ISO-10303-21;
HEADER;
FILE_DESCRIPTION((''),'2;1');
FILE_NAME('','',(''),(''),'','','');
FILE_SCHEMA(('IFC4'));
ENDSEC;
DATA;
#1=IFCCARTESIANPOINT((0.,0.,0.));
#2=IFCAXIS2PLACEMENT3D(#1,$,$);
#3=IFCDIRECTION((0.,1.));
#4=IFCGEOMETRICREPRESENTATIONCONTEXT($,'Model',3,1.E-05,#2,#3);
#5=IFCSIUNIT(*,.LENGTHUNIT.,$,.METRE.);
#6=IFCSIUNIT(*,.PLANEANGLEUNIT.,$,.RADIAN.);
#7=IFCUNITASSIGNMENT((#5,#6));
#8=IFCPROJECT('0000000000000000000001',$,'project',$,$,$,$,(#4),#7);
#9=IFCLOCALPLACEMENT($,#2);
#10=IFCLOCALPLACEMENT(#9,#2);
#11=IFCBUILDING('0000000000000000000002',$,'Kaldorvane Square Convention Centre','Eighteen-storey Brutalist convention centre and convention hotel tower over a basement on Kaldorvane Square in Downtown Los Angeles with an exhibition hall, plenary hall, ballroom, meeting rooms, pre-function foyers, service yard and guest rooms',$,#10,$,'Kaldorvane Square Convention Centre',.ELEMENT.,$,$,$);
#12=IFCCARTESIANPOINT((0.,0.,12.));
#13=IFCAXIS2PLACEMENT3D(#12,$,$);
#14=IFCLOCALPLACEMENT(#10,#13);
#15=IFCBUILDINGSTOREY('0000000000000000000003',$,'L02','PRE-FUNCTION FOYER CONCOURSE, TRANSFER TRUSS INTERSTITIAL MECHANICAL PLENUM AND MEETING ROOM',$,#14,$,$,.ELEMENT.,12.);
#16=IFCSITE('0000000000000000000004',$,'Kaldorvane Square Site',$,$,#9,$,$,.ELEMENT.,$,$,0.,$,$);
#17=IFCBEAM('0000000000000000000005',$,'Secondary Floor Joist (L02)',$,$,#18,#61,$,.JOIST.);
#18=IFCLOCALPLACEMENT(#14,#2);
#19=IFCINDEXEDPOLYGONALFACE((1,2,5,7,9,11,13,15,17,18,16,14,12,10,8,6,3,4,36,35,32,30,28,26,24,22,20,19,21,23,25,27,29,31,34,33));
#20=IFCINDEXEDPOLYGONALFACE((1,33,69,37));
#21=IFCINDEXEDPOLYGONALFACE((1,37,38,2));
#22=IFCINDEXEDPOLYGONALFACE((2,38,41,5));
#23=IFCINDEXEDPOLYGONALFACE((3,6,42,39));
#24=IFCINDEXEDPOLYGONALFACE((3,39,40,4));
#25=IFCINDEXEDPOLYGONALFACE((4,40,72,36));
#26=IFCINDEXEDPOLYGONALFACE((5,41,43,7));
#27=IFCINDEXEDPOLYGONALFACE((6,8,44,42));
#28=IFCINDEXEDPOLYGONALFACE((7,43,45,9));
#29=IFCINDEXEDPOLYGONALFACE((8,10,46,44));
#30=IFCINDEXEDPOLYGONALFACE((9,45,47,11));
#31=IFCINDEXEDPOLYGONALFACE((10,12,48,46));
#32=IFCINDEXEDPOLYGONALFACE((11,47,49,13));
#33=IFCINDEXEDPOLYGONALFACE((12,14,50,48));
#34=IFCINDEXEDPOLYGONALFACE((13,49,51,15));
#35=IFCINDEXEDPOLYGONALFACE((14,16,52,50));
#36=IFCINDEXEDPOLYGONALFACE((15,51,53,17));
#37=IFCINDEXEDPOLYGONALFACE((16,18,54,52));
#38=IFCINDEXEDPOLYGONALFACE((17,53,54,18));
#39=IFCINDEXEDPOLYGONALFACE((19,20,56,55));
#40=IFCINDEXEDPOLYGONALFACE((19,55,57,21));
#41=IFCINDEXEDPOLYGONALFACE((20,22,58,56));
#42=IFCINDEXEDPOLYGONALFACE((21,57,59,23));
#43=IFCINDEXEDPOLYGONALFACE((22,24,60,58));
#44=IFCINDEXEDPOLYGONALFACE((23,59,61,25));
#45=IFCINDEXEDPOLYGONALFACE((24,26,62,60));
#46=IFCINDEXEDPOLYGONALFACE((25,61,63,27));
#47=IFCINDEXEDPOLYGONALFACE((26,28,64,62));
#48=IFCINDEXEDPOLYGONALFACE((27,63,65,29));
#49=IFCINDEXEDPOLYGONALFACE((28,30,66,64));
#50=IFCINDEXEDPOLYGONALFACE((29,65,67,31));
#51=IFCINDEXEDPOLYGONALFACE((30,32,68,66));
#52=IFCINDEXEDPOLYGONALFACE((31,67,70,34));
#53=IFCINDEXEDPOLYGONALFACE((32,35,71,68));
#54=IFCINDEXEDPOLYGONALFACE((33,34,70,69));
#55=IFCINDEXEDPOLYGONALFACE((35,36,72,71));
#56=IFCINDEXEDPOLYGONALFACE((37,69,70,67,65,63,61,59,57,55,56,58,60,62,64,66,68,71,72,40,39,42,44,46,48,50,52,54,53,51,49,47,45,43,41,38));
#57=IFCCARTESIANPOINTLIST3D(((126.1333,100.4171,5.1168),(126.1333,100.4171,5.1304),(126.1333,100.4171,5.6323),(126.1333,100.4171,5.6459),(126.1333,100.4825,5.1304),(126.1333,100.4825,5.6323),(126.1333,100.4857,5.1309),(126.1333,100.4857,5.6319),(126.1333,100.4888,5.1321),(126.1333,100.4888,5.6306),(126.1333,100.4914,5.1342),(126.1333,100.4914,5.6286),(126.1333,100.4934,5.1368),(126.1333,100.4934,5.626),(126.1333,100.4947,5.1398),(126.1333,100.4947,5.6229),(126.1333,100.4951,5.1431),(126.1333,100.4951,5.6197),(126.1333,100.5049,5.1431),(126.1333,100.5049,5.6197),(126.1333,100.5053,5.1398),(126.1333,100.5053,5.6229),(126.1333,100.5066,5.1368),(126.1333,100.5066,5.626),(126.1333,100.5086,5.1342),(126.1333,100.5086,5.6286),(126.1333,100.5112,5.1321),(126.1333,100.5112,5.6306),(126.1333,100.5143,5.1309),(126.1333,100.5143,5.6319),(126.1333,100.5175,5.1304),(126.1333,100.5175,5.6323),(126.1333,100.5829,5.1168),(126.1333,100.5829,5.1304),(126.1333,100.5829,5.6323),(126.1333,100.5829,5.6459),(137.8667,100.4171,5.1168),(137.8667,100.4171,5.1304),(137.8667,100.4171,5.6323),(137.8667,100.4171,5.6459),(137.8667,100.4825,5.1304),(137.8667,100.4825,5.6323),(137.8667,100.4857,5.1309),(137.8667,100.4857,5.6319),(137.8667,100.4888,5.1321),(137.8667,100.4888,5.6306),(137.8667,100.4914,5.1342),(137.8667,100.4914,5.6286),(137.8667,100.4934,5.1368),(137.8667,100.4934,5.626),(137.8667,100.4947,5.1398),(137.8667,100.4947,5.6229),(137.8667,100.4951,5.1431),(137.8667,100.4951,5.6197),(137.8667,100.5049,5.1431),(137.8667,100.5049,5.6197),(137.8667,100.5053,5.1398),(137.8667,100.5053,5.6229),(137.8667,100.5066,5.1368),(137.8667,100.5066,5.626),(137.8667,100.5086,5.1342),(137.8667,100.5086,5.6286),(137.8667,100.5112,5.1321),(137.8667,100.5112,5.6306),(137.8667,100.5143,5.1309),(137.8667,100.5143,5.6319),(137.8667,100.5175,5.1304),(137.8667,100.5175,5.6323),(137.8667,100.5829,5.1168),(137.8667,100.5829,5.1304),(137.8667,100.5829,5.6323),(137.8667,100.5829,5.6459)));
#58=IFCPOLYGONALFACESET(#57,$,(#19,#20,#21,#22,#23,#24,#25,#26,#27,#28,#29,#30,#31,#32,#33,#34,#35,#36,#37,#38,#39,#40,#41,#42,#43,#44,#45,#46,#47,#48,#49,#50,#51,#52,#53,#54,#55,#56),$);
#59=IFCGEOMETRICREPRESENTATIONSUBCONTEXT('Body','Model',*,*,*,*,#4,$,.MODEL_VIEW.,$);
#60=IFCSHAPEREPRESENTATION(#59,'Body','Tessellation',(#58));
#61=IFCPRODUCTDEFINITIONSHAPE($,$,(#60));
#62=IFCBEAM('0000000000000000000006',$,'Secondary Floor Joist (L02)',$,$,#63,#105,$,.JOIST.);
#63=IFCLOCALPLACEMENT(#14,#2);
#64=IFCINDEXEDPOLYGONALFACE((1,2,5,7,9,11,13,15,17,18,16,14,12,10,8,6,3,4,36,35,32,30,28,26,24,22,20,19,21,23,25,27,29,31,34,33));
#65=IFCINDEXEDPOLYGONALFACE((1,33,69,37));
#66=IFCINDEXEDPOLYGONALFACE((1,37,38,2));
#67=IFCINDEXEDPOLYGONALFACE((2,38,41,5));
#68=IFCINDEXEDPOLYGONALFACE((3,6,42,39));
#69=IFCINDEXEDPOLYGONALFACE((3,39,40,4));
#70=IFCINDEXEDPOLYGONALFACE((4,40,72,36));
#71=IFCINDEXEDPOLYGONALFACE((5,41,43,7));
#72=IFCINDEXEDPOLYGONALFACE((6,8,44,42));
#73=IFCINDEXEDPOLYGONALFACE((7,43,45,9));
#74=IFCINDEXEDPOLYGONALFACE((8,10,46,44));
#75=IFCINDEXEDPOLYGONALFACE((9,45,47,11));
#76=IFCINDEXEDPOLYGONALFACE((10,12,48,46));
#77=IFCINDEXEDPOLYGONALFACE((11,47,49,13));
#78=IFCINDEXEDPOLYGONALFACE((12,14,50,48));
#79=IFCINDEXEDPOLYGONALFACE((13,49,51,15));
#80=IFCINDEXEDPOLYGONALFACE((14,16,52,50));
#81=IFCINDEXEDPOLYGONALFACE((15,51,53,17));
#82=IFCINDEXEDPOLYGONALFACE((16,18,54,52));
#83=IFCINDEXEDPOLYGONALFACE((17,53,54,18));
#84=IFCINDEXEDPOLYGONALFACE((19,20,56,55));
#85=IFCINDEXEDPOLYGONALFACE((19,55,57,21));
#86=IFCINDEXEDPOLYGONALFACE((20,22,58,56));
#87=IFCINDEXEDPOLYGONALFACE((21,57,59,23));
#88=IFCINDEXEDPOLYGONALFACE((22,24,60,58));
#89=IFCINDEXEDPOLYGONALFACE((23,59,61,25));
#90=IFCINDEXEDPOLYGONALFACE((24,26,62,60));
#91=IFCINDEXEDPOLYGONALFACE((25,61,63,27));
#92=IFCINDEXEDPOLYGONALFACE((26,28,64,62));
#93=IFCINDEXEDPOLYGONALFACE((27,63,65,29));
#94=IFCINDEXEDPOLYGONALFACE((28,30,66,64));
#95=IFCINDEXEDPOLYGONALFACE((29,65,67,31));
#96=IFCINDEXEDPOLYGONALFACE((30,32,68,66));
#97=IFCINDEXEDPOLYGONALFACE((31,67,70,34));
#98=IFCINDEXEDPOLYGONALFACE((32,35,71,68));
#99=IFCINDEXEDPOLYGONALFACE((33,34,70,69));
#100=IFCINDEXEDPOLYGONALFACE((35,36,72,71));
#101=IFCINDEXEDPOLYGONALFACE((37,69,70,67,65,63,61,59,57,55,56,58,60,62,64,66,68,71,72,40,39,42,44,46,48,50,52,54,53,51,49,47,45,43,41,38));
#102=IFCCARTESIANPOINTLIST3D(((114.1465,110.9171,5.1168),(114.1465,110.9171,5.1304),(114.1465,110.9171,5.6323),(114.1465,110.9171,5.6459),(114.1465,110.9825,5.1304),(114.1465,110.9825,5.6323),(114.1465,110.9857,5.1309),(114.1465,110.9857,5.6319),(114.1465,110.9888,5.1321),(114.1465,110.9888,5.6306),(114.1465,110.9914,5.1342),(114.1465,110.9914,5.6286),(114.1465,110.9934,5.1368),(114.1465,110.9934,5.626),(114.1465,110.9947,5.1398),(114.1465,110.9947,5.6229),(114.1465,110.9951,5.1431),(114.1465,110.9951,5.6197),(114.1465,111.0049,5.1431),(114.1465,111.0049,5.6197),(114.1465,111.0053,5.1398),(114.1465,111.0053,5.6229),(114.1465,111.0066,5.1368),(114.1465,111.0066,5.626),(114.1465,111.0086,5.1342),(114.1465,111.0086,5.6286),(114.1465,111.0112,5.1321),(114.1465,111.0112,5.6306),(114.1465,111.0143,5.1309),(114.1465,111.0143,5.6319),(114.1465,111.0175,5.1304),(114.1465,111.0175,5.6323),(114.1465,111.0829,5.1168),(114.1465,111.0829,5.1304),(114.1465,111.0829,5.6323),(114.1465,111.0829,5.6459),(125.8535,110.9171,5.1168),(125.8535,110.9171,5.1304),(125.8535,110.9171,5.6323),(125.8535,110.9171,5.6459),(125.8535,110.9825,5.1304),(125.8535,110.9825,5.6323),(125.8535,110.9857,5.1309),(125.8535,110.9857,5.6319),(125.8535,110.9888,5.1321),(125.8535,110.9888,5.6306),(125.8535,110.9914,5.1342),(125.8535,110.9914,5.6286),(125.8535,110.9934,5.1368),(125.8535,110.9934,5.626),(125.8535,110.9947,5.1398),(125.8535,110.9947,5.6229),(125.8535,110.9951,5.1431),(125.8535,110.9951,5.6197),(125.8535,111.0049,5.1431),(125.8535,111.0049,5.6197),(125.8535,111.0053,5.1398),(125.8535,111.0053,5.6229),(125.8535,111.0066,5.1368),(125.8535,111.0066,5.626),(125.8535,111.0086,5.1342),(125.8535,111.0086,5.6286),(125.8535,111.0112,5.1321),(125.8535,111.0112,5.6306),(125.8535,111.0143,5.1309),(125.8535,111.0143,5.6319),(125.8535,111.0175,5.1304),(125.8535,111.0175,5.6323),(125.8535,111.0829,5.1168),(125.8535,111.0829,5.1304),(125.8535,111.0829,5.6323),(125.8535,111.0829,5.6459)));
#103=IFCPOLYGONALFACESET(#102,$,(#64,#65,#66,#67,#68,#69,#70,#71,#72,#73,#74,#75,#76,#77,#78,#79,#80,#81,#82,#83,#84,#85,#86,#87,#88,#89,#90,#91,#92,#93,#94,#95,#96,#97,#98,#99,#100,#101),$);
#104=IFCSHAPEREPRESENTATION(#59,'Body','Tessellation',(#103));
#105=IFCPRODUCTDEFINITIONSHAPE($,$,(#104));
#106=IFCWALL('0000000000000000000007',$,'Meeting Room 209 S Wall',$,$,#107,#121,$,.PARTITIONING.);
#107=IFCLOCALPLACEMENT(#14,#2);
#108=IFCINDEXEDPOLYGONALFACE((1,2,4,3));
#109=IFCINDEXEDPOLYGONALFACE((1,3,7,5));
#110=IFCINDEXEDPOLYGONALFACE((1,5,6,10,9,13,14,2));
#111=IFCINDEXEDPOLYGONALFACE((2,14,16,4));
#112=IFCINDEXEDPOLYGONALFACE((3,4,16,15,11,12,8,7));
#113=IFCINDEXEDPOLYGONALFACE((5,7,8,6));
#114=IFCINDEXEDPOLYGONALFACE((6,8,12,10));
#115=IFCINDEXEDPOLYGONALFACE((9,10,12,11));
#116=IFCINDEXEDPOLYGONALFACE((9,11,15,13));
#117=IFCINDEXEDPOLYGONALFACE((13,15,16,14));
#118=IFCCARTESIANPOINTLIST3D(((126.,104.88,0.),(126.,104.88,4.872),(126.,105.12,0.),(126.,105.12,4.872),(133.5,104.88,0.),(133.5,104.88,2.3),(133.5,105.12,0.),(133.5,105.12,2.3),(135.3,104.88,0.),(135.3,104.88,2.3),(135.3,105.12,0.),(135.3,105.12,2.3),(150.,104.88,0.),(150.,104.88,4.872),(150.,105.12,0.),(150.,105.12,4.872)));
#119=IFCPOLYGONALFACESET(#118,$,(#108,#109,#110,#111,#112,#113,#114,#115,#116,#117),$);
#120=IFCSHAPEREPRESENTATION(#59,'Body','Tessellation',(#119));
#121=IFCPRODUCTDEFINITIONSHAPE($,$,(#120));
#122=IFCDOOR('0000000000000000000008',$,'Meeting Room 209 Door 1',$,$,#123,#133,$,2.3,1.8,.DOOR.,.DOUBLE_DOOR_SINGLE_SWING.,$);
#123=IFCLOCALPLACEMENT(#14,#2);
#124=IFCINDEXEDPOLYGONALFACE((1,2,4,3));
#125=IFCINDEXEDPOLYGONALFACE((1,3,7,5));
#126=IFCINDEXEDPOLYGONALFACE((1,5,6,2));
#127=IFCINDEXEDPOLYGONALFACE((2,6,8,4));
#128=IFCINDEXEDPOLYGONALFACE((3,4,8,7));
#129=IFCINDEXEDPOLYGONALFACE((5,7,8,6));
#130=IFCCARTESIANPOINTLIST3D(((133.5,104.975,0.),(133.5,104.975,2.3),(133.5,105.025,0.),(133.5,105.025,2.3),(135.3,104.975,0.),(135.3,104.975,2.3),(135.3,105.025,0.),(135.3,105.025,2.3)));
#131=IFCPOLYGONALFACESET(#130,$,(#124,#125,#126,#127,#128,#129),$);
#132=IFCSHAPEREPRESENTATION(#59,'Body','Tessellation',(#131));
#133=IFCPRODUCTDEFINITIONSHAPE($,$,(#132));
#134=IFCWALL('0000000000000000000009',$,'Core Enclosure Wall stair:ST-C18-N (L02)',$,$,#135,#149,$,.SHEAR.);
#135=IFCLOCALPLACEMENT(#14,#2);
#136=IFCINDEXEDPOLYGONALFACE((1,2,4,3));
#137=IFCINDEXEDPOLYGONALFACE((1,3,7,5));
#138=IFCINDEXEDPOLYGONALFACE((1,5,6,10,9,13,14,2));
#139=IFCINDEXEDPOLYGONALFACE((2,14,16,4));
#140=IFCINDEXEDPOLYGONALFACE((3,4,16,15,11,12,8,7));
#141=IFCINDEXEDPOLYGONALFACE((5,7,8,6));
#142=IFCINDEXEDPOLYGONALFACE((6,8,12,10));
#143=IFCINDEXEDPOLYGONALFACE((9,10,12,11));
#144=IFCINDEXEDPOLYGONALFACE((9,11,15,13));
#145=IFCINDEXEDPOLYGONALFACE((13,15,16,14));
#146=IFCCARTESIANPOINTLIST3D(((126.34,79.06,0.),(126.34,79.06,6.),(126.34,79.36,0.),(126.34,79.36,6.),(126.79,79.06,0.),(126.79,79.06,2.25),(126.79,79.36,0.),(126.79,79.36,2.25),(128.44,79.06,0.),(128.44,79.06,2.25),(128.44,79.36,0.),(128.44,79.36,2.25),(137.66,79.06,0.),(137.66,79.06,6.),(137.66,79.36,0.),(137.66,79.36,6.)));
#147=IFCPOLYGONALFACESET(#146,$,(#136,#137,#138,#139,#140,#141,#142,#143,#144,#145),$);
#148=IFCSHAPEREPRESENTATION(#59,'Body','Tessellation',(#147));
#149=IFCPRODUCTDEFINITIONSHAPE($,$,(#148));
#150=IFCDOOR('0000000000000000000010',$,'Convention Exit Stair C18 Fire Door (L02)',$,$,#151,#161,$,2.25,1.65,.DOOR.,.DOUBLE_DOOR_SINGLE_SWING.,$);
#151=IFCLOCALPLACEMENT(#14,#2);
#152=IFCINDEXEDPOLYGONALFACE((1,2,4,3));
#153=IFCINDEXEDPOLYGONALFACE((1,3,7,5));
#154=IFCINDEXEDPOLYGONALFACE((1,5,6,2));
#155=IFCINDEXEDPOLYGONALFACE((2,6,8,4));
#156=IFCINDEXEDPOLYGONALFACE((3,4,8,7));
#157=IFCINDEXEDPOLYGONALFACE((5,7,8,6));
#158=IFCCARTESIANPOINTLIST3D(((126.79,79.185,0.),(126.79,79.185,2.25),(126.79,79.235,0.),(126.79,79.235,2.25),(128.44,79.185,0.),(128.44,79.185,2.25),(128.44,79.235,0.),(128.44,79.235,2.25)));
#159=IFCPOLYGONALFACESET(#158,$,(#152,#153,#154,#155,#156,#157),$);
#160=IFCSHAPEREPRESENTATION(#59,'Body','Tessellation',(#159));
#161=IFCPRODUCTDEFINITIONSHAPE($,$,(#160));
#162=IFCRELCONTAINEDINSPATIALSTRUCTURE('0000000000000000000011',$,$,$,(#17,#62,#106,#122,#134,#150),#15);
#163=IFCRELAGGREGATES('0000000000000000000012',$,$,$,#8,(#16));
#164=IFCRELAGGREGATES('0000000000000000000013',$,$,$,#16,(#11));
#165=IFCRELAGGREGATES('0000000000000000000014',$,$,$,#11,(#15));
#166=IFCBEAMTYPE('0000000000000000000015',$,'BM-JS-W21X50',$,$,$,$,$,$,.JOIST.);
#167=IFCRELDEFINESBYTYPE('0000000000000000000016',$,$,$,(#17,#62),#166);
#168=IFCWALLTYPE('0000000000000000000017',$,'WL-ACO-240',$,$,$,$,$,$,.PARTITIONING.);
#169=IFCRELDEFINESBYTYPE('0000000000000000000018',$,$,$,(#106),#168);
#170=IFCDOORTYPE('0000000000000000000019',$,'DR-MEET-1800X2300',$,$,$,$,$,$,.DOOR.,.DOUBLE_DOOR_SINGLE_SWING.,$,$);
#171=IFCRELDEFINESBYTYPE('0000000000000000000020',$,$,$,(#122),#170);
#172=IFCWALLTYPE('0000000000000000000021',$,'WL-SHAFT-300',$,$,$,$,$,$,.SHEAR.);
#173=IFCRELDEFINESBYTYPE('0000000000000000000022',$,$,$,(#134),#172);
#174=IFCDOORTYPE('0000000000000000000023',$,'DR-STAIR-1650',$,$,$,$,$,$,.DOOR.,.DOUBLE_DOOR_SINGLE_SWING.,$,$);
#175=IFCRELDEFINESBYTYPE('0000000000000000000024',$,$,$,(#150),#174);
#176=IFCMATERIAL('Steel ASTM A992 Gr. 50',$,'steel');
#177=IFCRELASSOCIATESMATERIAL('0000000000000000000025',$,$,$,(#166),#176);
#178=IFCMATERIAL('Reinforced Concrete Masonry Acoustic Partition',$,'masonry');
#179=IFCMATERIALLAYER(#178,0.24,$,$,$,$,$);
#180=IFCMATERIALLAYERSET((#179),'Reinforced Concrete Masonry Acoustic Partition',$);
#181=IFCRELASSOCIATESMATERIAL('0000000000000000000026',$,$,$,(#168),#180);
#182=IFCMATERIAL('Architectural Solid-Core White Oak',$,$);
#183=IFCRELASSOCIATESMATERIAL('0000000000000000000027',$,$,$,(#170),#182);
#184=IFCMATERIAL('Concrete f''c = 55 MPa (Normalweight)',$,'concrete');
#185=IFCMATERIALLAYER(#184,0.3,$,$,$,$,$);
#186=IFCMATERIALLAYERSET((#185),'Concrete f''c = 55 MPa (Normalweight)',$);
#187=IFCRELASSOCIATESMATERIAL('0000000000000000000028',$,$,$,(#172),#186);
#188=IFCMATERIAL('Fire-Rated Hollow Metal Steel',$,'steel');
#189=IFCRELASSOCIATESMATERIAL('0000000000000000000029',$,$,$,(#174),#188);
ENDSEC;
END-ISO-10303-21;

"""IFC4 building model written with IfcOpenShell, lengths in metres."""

from ifc_helpers import new_model, si_unit, direction, frame, frame_2d, origin, origin_2d, place, context, subcontext, project, spatial, rectangle, i_section, extrude, material, layer, layer_set, material_profile, profile_set, type_object, element, fill, save


model = new_model("IFC4")

# Units and contexts
model_context = context("Model", 3, precision=1e-05, world=origin(), true_north=direction((0.0, 1.0)))
body_context = subcontext(model_context, "Body", "Model", "MODEL_VIEW")
ifc_project = project(units=[si_unit("LENGTHUNIT", "METRE"), si_unit("PLANEANGLEUNIT", "RADIAN")], contexts=[model_context])

# Site, building, storey
site_placement = place(None, origin())
site = spatial("IfcSite", under=ifc_project, at=site_placement, Name="Kaldorvane Square Site", CompositionType="ELEMENT", RefElevation=0.0)
building_placement = place(site_placement, origin())
building = spatial("IfcBuilding", under=site, at=building_placement, Name="Kaldorvane Square Convention Centre", Description="Eighteen-storey Brutalist convention centre and convention hotel tower over a basement on Kaldorvane Square in Downtown Los Angeles with an exhibition hall, plenary hall, ballroom, meeting rooms, pre-function foyers, service yard and guest rooms", LongName="Kaldorvane Square Convention Centre", CompositionType="ELEMENT")
storey_placement = place(building_placement, frame((0.0, 0.0, 12.0)))
storey = spatial("IfcBuildingStorey", under=building, at=storey_placement, Name="L02", Description="PRE-FUNCTION FOYER CONCOURSE, TRANSFER TRUSS INTERSTITIAL MECHANICAL PLENUM AND MEETING ROOM", CompositionType="ELEMENT", Elevation=12.0)

# Shared definitions
ifc_material_1 = material(Name="Steel ASTM A992 Gr. 50", Category="steel")

# Beams
ifc_material_profile_1 = material_profile(ifc_material_1, i_section(OverallWidth=0.1659, OverallDepth=0.5291, WebThickness=0.0097, FlangeThickness=0.0136, FilletRadius=0.0127, at=origin_2d()), Name="W21X50")
ifc_profile_set_1 = profile_set([ifc_material_profile_1], Name="Steel ASTM A992 Gr. 50")
beam_type_1 = type_object("IfcBeamType", Name="BM-JS-W21X50", PredefinedType="JOIST", material=ifc_profile_set_1)
for number, where, z_axis, x_axis, name in (
    (1, (126.1333, 100.5, 5.3814), (1.0, 0.0, 0.0), (0.0, 1.0, 0.0), "Secondary Floor Joist (L02)"),
):
    element("IfcBeam", number, at=place(storey_placement, frame(where, z_axis=z_axis, x_axis=x_axis)), inside=storey, type_object=beam_type_1, Name=name, PredefinedType="JOIST", context=body_context, shape_type="SweptSolid", body=[
        extrude(i_section(OverallWidth=0.1659, OverallDepth=0.5291, WebThickness=0.0097, FlangeThickness=0.0136, FilletRadius=0.0127, at=origin_2d()), origin(), (0.0, 0.0, 1.0), 11.7334),
    ])
beam_1_placement = place(storey_placement, frame((114.1465, 111.0, 5.3814), z_axis=(1.0, 0.0, 0.0), x_axis=(0.0, 1.0, 0.0)))
element("IfcBeam", 2, at=beam_1_placement, inside=storey, type_object=beam_type_1, Name="Secondary Floor Joist (L02)", PredefinedType="JOIST", context=body_context, shape_type="SweptSolid", body=[
    extrude(i_section(OverallWidth=0.1659, OverallDepth=0.5291, WebThickness=0.0097, FlangeThickness=0.0136, FilletRadius=0.0127, at=origin_2d()), origin(), (0.0, 0.0, 1.0), 11.707),
])

# Walls, openings, doors
ifc_material_2 = material(Name="Reinforced Concrete Masonry Acoustic Partition", Category="masonry")
ifc_layer_1 = layer(ifc_material_2, 0.24)
ifc_layer_set_1 = layer_set([ifc_layer_1], Name="Reinforced Concrete Masonry Acoustic Partition")
wall_type_1 = type_object("IfcWallType", Name="WL-ACO-240", PredefinedType="PARTITIONING", material=ifc_layer_set_1)
wall_1_placement = place(storey_placement, frame((126.0, 105.0, 0.0), z_axis=(0.0, 0.0, 1.0), x_axis=(1.0, 0.0, 0.0)))
wall_1 = element("IfcWall", 3, at=wall_1_placement, inside=storey, type_object=wall_type_1, Name="Meeting Room 209 S Wall", PredefinedType="PARTITIONING", context=body_context, shape_type="SweptSolid", body=[
    extrude(rectangle(XDim=24.0, YDim=0.24, at=frame_2d((12.0, 0.0))), origin(), (0.0, 0.0, 1.0), 4.872),
])
opening_1_placement = place(wall_1_placement, frame((7.5, 0.0, 0.0)))
opening_1 = element("IfcOpeningElement", 4, at=opening_1_placement, cuts=wall_1, PredefinedType="OPENING", context=body_context, shape_type="SweptSolid", body=[
    extrude(rectangle(XDim=1.8, YDim=2.3, at=frame_2d((0.9, 1.15))), frame((0.0, 0.135, 0.0), z_axis=(0.0, -1.0, 0.0), x_axis=(1.0, 0.0, 0.0)), (0.0, 0.0, 1.0), 0.27),
])
ifc_material_3 = material(Name="Architectural Solid-Core White Oak")
door_type_1 = type_object("IfcDoorType", Name="DR-MEET-1800X2300", OperationType="DOUBLE_DOOR_SINGLE_SWING", PredefinedType="DOOR", material=ifc_material_3)
door_1_placement = place(opening_1_placement, origin())
door_1 = element("IfcDoor", 5, at=door_1_placement, inside=storey, type_object=door_type_1, Name="Meeting Room 209 Door 1", OperationType="DOUBLE_DOOR_SINGLE_SWING", OverallHeight=2.3, OverallWidth=1.8, PredefinedType="DOOR", context=body_context, shape_type="SweptSolid", body=[
    extrude(rectangle(XDim=1.8, YDim=2.3, at=frame_2d((0.9, 1.15))), frame((0.0, 0.025, 0.0), z_axis=(0.0, -1.0, 0.0), x_axis=(1.0, 0.0, 0.0)), (0.0, 0.0, 1.0), 0.05),
])
fill(opening_1, door_1)
ifc_material_4 = material(Name="Concrete f'c = 55 MPa (Normalweight)", Category="concrete")
ifc_layer_2 = layer(ifc_material_4, 0.3)
ifc_layer_set_2 = layer_set([ifc_layer_2], Name="Concrete f'c = 55 MPa (Normalweight)")
wall_type_2 = type_object("IfcWallType", Name="WL-SHAFT-300", PredefinedType="SHEAR", material=ifc_layer_set_2)
wall_2_placement = place(storey_placement, frame((137.66, 79.21, 0.0), z_axis=(0.0, 0.0, 1.0), x_axis=(-1.0, 0.0, 0.0)))
wall_2 = element("IfcWall", 6, at=wall_2_placement, inside=storey, type_object=wall_type_2, Name="Core Enclosure Wall stair:ST-C18-N (L02)", PredefinedType="SHEAR", context=body_context, shape_type="SweptSolid", body=[
    extrude(rectangle(XDim=11.32, YDim=0.3, at=frame_2d((5.66, 0.0))), origin(), (0.0, 0.0, 1.0), 6.0),
])
opening_2_placement = place(wall_2_placement, frame((9.22, 0.0, 0.0)))
opening_2 = element("IfcOpeningElement", 7, at=opening_2_placement, cuts=wall_2, PredefinedType="OPENING", context=body_context, shape_type="SweptSolid", body=[
    extrude(rectangle(XDim=1.65, YDim=2.25, at=frame_2d((0.825, 1.125))), frame((0.0, 0.165, 0.0), z_axis=(0.0, -1.0, 0.0), x_axis=(1.0, 0.0, 0.0)), (0.0, 0.0, 1.0), 0.33),
])
ifc_material_5 = material(Name="Fire-Rated Hollow Metal Steel", Category="steel")
door_type_2 = type_object("IfcDoorType", Name="DR-STAIR-1650", OperationType="DOUBLE_DOOR_SINGLE_SWING", PredefinedType="DOOR", material=ifc_material_5)
door_2_placement = place(opening_2_placement, origin())
door_2 = element("IfcDoor", 8, at=door_2_placement, inside=storey, type_object=door_type_2, Name="Convention Exit Stair C18 Fire Door (L02)", OperationType="DOUBLE_DOOR_SINGLE_SWING", OverallHeight=2.25, OverallWidth=1.65, PredefinedType="DOOR", context=body_context, shape_type="SweptSolid", body=[
    extrude(rectangle(XDim=1.65, YDim=2.25, at=frame_2d((0.825, 1.125))), frame((0.0, 0.025, 0.0), z_axis=(0.0, -1.0, 0.0), x_axis=(1.0, 0.0, 0.0)), (0.0, 0.0, 1.0), 0.05),
])
fill(opening_2, door_2)

save(model, "model.ifc")
